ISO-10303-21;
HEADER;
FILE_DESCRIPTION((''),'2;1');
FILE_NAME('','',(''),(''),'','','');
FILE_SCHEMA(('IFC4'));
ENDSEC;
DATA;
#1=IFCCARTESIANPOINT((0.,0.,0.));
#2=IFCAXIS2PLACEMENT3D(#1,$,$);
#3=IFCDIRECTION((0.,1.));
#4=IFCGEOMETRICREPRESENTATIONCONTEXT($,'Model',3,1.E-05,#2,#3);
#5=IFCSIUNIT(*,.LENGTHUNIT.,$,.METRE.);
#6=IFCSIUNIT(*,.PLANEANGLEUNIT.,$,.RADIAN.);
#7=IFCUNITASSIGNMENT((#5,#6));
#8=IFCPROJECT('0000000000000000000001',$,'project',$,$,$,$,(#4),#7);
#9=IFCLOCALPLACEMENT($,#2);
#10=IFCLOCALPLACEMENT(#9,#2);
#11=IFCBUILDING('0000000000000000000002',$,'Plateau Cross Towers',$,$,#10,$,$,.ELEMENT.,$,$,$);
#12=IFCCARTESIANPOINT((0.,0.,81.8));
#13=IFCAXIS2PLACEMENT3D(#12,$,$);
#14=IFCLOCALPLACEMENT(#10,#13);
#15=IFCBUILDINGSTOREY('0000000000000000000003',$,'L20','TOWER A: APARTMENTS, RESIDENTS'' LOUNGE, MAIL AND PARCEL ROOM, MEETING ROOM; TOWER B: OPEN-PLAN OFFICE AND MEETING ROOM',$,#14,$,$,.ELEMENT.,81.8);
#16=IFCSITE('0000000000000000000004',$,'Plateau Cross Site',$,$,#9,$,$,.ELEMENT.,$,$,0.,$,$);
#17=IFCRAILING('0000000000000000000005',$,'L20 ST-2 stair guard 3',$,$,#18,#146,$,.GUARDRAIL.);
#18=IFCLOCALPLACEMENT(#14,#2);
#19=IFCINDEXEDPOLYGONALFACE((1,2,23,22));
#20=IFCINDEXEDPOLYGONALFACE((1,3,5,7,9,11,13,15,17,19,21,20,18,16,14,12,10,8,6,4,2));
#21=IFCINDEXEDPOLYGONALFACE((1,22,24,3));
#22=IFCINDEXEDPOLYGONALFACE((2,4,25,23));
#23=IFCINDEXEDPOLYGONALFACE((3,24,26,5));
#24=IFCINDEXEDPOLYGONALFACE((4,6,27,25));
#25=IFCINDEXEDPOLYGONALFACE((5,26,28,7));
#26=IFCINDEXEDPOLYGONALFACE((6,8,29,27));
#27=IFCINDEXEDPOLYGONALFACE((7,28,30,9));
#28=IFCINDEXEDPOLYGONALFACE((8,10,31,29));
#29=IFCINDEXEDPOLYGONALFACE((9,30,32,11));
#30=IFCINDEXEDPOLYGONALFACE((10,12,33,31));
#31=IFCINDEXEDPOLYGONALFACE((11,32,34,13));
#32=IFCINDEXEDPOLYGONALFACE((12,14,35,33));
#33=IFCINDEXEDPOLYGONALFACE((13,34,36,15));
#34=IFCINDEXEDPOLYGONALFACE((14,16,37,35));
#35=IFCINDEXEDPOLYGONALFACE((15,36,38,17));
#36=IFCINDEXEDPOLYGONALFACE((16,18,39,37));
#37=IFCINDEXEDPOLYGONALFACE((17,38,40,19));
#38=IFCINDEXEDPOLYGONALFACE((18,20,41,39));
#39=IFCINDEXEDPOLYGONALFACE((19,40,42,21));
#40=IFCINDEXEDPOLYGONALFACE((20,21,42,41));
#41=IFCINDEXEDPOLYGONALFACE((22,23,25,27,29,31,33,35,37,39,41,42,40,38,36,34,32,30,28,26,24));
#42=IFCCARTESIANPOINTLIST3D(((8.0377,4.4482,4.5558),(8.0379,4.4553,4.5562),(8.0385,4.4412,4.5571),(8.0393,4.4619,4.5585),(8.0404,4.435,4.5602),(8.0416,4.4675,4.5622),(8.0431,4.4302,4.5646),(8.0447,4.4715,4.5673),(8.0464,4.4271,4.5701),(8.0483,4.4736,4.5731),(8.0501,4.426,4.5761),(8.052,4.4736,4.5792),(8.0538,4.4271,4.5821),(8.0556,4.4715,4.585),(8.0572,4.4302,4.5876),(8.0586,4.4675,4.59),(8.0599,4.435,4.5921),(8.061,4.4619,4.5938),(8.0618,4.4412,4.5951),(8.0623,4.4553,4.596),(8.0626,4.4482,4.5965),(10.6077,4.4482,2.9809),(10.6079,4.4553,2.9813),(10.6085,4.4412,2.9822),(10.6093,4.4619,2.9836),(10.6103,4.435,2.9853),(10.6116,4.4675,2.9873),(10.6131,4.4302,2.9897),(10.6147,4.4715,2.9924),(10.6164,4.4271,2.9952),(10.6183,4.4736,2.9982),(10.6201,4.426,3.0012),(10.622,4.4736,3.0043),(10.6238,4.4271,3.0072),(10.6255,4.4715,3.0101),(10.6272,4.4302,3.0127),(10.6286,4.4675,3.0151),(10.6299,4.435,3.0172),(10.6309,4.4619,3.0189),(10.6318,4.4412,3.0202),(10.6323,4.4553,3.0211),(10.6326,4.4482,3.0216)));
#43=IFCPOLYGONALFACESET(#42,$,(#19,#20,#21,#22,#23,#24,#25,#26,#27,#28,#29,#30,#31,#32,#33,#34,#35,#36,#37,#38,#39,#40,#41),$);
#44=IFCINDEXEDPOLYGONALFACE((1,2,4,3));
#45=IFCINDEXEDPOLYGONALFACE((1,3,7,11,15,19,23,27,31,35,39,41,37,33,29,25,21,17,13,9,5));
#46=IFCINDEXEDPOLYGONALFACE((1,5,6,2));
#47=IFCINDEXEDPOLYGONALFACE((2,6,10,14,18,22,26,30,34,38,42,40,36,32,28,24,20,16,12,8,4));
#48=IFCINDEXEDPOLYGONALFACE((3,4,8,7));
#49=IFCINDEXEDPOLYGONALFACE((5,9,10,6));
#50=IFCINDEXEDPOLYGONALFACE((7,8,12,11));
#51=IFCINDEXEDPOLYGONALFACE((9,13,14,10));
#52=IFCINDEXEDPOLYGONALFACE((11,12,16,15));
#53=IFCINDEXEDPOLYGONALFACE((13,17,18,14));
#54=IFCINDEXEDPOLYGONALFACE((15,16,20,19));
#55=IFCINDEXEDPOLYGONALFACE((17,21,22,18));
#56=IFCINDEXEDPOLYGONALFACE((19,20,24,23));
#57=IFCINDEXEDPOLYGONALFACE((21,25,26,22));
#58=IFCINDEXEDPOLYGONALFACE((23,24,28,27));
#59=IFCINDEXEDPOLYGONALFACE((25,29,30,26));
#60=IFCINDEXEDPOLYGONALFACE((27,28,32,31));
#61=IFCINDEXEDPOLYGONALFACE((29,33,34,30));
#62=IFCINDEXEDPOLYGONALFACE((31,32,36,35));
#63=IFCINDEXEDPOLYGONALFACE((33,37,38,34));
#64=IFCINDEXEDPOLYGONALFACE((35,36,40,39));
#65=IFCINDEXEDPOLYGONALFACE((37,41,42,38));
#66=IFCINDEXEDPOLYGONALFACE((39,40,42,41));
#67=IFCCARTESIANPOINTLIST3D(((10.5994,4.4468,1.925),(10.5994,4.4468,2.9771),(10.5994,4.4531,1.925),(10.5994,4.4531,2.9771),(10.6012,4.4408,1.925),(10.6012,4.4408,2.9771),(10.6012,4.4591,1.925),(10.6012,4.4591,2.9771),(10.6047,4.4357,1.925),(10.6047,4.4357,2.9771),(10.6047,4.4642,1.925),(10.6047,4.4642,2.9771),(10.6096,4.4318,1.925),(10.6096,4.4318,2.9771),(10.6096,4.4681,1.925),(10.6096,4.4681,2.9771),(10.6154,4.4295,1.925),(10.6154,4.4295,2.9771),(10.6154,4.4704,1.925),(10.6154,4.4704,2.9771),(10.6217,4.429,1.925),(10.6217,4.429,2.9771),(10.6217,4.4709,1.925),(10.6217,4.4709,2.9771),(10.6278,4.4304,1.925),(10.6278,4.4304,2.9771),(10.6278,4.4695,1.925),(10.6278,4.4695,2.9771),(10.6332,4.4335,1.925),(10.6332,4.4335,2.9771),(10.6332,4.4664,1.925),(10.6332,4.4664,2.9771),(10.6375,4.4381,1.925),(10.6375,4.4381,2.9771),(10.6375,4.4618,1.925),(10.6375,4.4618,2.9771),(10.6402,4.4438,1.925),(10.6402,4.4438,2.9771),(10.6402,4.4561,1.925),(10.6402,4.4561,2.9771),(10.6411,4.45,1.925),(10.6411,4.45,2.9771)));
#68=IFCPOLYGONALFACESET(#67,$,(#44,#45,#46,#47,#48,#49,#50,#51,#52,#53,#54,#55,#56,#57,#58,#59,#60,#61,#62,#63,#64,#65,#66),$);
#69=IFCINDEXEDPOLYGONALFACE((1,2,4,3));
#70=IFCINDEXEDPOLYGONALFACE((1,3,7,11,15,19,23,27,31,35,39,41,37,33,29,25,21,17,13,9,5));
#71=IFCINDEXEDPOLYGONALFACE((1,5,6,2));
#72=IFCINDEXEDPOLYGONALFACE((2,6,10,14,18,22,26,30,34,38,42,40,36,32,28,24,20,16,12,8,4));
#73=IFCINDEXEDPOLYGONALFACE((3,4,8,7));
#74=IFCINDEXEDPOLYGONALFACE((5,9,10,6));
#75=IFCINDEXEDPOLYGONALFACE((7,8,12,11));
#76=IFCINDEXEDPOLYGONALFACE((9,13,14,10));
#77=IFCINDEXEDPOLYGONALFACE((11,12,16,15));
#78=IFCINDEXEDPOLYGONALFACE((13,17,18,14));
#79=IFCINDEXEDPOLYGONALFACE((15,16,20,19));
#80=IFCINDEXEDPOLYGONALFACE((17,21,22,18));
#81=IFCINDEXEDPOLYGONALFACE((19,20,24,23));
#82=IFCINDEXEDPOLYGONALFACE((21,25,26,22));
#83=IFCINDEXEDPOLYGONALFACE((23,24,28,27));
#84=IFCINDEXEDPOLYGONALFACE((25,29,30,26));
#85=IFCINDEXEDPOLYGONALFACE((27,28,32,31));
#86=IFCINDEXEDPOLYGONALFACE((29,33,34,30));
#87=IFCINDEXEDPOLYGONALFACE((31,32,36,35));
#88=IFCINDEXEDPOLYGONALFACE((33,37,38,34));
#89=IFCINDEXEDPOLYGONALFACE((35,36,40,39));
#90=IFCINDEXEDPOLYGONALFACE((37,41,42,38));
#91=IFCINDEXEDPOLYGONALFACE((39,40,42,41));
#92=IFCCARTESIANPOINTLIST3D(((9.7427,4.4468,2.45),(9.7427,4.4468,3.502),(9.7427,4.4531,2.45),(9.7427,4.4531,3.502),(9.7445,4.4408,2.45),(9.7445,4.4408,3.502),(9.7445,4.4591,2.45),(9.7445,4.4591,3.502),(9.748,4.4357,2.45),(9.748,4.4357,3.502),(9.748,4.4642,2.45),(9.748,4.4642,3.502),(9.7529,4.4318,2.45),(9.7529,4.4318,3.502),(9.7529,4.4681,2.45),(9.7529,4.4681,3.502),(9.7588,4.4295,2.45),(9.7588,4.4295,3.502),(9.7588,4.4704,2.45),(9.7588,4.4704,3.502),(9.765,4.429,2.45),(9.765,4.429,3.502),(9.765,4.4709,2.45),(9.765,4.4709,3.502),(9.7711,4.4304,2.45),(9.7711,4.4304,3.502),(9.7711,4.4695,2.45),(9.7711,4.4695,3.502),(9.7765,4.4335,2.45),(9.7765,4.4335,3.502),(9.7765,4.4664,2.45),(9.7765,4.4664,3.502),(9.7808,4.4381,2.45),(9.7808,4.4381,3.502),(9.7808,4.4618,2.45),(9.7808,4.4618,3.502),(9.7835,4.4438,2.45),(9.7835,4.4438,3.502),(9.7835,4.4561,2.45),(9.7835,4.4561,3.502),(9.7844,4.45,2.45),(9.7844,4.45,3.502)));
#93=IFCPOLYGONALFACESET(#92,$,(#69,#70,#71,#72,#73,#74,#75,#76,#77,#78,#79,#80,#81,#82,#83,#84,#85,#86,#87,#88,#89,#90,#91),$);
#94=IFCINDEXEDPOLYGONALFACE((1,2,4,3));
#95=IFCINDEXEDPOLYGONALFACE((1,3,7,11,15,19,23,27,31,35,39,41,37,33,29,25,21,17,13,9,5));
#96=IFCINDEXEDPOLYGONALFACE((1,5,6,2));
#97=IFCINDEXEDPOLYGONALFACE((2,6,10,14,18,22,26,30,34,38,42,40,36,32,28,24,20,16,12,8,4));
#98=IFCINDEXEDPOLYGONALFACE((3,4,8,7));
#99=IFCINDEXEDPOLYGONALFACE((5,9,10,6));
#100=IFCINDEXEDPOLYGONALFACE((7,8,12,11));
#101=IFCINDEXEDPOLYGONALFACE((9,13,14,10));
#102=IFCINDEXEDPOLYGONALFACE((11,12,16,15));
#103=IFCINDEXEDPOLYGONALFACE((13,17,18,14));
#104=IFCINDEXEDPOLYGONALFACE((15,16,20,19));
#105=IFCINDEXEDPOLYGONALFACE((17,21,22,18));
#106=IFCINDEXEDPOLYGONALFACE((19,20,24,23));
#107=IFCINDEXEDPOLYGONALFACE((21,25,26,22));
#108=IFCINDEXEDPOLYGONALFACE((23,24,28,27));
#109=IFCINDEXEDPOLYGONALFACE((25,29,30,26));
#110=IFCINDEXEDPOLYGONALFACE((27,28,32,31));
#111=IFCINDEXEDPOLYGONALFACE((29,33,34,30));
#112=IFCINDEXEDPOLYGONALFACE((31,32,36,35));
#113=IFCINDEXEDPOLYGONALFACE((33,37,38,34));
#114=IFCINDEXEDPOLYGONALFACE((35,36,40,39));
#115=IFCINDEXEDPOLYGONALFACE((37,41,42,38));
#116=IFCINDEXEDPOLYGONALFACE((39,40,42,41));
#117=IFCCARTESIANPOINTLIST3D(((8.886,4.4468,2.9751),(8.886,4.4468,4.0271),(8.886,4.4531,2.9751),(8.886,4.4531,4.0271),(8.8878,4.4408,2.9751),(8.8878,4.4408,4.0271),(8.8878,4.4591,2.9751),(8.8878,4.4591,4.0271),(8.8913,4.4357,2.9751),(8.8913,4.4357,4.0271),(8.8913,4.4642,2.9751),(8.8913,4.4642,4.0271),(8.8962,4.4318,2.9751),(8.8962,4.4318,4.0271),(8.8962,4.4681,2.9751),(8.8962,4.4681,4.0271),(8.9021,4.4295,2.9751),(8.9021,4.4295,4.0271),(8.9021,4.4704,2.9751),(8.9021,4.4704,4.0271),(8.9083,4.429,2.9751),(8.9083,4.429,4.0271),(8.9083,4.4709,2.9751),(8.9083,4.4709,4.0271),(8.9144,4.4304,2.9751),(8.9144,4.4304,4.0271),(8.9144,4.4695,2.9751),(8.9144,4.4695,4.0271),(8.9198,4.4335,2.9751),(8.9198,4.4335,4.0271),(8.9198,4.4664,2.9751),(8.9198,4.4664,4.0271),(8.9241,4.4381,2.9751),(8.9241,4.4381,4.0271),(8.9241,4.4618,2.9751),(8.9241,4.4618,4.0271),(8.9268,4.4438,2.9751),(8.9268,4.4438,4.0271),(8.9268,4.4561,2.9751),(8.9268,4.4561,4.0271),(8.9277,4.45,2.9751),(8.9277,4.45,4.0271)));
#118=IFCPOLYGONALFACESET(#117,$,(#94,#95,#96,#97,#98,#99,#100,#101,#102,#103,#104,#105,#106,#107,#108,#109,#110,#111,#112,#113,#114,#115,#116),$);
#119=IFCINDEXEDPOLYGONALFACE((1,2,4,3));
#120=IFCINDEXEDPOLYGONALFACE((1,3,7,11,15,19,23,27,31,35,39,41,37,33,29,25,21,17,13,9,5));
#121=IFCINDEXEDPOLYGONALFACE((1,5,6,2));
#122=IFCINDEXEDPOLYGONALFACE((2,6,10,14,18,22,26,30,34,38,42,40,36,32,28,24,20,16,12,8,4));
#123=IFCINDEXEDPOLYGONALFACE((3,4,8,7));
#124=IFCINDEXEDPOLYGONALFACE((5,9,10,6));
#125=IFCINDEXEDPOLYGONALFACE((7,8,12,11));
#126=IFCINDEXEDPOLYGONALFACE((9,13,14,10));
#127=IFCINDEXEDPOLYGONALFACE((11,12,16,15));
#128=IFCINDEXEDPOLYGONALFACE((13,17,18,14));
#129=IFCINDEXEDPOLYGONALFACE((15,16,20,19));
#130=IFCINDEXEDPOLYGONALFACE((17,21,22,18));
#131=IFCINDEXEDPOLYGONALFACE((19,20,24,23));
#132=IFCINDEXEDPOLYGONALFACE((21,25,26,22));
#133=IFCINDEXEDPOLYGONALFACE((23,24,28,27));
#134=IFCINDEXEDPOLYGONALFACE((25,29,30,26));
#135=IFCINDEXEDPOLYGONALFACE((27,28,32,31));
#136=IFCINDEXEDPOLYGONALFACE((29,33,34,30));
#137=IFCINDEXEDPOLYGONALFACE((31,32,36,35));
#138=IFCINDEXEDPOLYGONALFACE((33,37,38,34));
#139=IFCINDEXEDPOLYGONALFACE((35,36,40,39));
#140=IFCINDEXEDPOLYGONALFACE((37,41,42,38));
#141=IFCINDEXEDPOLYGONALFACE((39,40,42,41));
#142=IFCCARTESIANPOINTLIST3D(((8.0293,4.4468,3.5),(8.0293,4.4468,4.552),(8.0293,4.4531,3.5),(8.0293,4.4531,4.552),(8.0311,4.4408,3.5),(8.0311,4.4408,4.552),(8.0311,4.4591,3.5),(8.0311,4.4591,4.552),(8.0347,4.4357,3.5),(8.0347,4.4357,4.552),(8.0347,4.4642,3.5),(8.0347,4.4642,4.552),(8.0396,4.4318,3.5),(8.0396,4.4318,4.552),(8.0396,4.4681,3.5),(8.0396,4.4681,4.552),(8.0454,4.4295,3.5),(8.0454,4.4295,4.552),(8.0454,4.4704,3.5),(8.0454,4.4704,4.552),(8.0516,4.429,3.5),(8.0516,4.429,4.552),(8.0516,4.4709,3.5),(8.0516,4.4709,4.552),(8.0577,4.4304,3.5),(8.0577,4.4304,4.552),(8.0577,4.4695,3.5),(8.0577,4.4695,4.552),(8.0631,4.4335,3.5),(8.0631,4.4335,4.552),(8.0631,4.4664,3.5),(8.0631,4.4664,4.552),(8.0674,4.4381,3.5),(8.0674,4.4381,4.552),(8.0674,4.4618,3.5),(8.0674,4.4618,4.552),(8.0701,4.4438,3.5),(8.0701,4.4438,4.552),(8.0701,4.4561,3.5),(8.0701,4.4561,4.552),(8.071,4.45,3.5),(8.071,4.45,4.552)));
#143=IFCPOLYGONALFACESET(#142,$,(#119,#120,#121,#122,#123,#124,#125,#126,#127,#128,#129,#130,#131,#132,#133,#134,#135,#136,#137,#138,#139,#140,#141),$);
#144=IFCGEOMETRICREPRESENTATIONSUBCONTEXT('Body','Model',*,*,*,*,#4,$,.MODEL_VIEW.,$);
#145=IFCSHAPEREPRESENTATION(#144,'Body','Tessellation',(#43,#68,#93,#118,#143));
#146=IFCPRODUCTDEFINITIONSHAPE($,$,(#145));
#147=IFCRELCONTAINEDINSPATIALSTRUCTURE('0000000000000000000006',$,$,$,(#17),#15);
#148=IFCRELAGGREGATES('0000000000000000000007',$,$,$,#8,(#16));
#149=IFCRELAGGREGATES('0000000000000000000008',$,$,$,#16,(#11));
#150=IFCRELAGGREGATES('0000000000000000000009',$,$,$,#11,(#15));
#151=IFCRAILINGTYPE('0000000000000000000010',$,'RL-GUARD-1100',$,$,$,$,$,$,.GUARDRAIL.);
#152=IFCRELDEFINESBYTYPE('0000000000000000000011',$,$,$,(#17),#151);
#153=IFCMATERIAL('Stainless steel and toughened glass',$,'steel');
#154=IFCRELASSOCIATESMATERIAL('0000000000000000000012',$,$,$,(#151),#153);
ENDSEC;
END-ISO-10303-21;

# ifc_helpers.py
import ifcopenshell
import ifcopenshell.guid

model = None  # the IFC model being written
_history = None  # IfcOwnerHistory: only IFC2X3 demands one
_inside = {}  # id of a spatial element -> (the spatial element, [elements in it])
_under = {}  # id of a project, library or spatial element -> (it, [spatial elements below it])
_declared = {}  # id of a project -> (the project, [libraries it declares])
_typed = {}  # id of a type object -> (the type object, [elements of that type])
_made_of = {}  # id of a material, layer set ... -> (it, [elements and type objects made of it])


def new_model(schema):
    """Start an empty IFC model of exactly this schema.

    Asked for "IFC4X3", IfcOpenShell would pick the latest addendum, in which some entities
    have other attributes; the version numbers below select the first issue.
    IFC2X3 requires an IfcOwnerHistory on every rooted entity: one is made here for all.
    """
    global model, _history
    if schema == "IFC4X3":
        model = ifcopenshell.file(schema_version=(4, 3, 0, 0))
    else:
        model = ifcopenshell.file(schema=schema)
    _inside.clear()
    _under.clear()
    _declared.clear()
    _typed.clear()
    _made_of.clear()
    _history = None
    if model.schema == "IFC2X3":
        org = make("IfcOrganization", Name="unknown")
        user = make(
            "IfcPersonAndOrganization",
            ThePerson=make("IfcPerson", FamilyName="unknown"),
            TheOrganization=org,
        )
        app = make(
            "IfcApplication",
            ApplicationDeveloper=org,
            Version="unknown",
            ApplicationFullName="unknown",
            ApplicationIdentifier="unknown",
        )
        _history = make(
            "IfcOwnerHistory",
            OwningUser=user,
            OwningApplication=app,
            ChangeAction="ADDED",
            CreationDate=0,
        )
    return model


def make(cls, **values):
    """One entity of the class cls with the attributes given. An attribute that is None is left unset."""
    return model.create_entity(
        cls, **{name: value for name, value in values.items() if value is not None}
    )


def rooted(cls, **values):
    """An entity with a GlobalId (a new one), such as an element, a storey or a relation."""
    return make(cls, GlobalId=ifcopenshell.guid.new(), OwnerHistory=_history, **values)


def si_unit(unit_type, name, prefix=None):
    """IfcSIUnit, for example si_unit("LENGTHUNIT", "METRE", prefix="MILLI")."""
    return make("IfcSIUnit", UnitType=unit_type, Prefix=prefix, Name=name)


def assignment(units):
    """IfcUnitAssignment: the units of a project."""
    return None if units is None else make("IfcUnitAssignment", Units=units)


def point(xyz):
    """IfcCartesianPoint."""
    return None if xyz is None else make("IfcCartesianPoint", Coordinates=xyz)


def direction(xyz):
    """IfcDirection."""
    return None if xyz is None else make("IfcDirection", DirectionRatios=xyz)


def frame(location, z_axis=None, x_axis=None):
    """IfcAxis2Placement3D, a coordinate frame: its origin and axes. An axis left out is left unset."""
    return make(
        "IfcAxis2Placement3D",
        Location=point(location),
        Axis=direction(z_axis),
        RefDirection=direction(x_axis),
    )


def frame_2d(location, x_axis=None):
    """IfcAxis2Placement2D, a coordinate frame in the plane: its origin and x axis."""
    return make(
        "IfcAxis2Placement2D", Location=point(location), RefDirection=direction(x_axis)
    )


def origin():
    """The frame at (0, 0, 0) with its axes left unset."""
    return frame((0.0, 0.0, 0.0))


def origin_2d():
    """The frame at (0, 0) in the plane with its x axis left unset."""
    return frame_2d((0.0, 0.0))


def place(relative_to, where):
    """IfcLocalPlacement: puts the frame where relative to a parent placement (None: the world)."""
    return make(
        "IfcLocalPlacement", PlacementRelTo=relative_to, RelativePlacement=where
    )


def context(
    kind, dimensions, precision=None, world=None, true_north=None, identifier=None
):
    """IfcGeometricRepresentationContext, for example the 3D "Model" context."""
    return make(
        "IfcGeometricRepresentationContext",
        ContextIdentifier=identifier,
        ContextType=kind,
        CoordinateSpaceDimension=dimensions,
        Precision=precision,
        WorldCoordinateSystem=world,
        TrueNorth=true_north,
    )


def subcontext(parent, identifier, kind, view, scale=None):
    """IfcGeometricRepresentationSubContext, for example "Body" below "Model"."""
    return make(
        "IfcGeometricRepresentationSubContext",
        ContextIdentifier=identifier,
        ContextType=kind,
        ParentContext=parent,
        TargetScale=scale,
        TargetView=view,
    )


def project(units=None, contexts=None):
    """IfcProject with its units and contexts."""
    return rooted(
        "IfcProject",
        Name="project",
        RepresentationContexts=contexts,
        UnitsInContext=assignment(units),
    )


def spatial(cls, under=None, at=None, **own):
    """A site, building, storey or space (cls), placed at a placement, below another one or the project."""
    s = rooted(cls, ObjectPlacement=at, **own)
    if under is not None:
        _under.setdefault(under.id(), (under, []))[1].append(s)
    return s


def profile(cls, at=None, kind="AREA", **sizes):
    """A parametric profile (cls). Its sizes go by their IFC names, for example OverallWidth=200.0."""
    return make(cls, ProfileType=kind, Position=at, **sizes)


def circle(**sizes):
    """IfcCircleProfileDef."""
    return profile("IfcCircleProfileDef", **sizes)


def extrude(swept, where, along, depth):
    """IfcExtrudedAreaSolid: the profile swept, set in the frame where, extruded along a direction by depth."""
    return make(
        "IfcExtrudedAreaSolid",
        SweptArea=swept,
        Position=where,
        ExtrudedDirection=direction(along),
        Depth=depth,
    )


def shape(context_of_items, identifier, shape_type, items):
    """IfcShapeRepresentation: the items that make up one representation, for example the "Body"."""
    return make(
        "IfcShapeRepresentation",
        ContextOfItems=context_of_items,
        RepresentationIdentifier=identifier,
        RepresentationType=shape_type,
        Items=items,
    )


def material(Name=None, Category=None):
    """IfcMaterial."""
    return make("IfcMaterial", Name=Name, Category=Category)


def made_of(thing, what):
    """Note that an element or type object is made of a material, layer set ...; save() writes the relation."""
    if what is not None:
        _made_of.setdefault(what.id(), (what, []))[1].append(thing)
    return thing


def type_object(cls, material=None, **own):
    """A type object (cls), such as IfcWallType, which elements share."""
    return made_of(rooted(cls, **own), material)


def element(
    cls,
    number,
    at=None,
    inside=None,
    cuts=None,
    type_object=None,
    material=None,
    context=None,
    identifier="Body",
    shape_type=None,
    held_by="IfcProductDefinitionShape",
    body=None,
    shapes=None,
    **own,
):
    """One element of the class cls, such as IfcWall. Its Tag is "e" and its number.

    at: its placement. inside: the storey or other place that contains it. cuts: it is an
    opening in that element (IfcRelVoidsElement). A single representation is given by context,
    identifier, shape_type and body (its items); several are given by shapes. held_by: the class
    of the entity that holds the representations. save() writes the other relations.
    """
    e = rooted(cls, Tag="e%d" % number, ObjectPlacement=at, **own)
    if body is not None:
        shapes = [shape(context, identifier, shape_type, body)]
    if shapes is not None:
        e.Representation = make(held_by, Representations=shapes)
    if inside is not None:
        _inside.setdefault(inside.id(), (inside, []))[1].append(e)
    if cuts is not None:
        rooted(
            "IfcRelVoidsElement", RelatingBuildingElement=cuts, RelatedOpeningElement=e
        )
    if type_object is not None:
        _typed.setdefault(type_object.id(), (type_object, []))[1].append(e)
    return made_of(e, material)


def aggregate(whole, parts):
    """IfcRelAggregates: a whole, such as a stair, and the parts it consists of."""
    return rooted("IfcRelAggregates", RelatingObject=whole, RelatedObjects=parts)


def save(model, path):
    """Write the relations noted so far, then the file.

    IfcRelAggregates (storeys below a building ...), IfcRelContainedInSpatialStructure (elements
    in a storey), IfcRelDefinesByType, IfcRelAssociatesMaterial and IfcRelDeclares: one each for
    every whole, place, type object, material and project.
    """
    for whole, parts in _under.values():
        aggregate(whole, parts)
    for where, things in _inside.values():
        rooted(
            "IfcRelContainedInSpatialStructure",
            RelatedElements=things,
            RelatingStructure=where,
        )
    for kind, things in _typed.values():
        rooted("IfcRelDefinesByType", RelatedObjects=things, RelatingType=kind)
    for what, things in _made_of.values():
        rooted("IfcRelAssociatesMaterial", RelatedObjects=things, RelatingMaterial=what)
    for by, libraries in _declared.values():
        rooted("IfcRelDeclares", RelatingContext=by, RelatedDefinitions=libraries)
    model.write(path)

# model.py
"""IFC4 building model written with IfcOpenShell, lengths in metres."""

from ifc_helpers import new_model, si_unit, direction, frame, origin, origin_2d, place, context, subcontext, project, spatial, circle, extrude, material, type_object, element, save


model = new_model("IFC4")

# Units and contexts
model_context = context("Model", 3, precision=1e-05, world=origin(), true_north=direction((0.0, 1.0)))
body_context = subcontext(model_context, "Body", "Model", "MODEL_VIEW")
ifc_project = project(units=[si_unit("LENGTHUNIT", "METRE"), si_unit("PLANEANGLEUNIT", "RADIAN")], contexts=[model_context])

# Site, building, storey
site_placement = place(None, origin())
site = spatial("IfcSite", under=ifc_project, at=site_placement, Name="Plateau Cross Site", CompositionType="ELEMENT", RefElevation=0.0)
building_placement = place(site_placement, origin())
building = spatial("IfcBuilding", under=site, at=building_placement, Name="Plateau Cross Towers", CompositionType="ELEMENT")
storey_placement = place(building_placement, frame((0.0, 0.0, 81.8)))
storey = spatial("IfcBuildingStorey", under=building, at=storey_placement, Name="L20", Description="TOWER A: APARTMENTS, RESIDENTS' LOUNGE, MAIL AND PARCEL ROOM, MEETING ROOM; TOWER B: OPEN-PLAN OFFICE AND MEETING ROOM", CompositionType="ELEMENT", Elevation=81.8)

# Railing
ifc_material_1 = material(Name="Stainless steel and toughened glass", Category="steel")
railing_type_1 = type_object("IfcRailingType", Name="RL-GUARD-1100", PredefinedType="GUARDRAIL", material=ifc_material_1)
railing_1_placement = place(storey_placement, frame((10.6201, 4.45, 1.925)))
element("IfcRailing", 1, at=railing_1_placement, inside=storey, type_object=railing_type_1, Name="L20 ST-2 stair guard 3", PredefinedType="GUARDRAIL", context=body_context, shape_type="SweptSolid", body=[
    extrude(circle(Radius=0.0239, at=origin_2d()), frame((0.0, 0.0, 1.0762), z_axis=(-0.852639, 0.0, 0.522501), x_axis=(0.0, -1.0, 0.0)), (0.0, 0.0, 1.0), 3.0142),
    extrude(circle(Radius=0.021, at=origin_2d()), origin(), (0.0, 0.0, 1.0), 1.052),
    extrude(circle(Radius=0.021, at=origin_2d()), frame((-0.8567, 0.0, 0.5249)), (0.0, 0.0, 1.0), 1.052),
    extrude(circle(Radius=0.021, at=origin_2d()), frame((-1.7134, 0.0, 1.05)), (0.0, 0.0, 1.0), 1.052),
    extrude(circle(Radius=0.021, at=origin_2d()), frame((-2.5701, 0.0, 1.575)), (0.0, 0.0, 1.0), 1.052),
])

save(model, "model.ifc")
